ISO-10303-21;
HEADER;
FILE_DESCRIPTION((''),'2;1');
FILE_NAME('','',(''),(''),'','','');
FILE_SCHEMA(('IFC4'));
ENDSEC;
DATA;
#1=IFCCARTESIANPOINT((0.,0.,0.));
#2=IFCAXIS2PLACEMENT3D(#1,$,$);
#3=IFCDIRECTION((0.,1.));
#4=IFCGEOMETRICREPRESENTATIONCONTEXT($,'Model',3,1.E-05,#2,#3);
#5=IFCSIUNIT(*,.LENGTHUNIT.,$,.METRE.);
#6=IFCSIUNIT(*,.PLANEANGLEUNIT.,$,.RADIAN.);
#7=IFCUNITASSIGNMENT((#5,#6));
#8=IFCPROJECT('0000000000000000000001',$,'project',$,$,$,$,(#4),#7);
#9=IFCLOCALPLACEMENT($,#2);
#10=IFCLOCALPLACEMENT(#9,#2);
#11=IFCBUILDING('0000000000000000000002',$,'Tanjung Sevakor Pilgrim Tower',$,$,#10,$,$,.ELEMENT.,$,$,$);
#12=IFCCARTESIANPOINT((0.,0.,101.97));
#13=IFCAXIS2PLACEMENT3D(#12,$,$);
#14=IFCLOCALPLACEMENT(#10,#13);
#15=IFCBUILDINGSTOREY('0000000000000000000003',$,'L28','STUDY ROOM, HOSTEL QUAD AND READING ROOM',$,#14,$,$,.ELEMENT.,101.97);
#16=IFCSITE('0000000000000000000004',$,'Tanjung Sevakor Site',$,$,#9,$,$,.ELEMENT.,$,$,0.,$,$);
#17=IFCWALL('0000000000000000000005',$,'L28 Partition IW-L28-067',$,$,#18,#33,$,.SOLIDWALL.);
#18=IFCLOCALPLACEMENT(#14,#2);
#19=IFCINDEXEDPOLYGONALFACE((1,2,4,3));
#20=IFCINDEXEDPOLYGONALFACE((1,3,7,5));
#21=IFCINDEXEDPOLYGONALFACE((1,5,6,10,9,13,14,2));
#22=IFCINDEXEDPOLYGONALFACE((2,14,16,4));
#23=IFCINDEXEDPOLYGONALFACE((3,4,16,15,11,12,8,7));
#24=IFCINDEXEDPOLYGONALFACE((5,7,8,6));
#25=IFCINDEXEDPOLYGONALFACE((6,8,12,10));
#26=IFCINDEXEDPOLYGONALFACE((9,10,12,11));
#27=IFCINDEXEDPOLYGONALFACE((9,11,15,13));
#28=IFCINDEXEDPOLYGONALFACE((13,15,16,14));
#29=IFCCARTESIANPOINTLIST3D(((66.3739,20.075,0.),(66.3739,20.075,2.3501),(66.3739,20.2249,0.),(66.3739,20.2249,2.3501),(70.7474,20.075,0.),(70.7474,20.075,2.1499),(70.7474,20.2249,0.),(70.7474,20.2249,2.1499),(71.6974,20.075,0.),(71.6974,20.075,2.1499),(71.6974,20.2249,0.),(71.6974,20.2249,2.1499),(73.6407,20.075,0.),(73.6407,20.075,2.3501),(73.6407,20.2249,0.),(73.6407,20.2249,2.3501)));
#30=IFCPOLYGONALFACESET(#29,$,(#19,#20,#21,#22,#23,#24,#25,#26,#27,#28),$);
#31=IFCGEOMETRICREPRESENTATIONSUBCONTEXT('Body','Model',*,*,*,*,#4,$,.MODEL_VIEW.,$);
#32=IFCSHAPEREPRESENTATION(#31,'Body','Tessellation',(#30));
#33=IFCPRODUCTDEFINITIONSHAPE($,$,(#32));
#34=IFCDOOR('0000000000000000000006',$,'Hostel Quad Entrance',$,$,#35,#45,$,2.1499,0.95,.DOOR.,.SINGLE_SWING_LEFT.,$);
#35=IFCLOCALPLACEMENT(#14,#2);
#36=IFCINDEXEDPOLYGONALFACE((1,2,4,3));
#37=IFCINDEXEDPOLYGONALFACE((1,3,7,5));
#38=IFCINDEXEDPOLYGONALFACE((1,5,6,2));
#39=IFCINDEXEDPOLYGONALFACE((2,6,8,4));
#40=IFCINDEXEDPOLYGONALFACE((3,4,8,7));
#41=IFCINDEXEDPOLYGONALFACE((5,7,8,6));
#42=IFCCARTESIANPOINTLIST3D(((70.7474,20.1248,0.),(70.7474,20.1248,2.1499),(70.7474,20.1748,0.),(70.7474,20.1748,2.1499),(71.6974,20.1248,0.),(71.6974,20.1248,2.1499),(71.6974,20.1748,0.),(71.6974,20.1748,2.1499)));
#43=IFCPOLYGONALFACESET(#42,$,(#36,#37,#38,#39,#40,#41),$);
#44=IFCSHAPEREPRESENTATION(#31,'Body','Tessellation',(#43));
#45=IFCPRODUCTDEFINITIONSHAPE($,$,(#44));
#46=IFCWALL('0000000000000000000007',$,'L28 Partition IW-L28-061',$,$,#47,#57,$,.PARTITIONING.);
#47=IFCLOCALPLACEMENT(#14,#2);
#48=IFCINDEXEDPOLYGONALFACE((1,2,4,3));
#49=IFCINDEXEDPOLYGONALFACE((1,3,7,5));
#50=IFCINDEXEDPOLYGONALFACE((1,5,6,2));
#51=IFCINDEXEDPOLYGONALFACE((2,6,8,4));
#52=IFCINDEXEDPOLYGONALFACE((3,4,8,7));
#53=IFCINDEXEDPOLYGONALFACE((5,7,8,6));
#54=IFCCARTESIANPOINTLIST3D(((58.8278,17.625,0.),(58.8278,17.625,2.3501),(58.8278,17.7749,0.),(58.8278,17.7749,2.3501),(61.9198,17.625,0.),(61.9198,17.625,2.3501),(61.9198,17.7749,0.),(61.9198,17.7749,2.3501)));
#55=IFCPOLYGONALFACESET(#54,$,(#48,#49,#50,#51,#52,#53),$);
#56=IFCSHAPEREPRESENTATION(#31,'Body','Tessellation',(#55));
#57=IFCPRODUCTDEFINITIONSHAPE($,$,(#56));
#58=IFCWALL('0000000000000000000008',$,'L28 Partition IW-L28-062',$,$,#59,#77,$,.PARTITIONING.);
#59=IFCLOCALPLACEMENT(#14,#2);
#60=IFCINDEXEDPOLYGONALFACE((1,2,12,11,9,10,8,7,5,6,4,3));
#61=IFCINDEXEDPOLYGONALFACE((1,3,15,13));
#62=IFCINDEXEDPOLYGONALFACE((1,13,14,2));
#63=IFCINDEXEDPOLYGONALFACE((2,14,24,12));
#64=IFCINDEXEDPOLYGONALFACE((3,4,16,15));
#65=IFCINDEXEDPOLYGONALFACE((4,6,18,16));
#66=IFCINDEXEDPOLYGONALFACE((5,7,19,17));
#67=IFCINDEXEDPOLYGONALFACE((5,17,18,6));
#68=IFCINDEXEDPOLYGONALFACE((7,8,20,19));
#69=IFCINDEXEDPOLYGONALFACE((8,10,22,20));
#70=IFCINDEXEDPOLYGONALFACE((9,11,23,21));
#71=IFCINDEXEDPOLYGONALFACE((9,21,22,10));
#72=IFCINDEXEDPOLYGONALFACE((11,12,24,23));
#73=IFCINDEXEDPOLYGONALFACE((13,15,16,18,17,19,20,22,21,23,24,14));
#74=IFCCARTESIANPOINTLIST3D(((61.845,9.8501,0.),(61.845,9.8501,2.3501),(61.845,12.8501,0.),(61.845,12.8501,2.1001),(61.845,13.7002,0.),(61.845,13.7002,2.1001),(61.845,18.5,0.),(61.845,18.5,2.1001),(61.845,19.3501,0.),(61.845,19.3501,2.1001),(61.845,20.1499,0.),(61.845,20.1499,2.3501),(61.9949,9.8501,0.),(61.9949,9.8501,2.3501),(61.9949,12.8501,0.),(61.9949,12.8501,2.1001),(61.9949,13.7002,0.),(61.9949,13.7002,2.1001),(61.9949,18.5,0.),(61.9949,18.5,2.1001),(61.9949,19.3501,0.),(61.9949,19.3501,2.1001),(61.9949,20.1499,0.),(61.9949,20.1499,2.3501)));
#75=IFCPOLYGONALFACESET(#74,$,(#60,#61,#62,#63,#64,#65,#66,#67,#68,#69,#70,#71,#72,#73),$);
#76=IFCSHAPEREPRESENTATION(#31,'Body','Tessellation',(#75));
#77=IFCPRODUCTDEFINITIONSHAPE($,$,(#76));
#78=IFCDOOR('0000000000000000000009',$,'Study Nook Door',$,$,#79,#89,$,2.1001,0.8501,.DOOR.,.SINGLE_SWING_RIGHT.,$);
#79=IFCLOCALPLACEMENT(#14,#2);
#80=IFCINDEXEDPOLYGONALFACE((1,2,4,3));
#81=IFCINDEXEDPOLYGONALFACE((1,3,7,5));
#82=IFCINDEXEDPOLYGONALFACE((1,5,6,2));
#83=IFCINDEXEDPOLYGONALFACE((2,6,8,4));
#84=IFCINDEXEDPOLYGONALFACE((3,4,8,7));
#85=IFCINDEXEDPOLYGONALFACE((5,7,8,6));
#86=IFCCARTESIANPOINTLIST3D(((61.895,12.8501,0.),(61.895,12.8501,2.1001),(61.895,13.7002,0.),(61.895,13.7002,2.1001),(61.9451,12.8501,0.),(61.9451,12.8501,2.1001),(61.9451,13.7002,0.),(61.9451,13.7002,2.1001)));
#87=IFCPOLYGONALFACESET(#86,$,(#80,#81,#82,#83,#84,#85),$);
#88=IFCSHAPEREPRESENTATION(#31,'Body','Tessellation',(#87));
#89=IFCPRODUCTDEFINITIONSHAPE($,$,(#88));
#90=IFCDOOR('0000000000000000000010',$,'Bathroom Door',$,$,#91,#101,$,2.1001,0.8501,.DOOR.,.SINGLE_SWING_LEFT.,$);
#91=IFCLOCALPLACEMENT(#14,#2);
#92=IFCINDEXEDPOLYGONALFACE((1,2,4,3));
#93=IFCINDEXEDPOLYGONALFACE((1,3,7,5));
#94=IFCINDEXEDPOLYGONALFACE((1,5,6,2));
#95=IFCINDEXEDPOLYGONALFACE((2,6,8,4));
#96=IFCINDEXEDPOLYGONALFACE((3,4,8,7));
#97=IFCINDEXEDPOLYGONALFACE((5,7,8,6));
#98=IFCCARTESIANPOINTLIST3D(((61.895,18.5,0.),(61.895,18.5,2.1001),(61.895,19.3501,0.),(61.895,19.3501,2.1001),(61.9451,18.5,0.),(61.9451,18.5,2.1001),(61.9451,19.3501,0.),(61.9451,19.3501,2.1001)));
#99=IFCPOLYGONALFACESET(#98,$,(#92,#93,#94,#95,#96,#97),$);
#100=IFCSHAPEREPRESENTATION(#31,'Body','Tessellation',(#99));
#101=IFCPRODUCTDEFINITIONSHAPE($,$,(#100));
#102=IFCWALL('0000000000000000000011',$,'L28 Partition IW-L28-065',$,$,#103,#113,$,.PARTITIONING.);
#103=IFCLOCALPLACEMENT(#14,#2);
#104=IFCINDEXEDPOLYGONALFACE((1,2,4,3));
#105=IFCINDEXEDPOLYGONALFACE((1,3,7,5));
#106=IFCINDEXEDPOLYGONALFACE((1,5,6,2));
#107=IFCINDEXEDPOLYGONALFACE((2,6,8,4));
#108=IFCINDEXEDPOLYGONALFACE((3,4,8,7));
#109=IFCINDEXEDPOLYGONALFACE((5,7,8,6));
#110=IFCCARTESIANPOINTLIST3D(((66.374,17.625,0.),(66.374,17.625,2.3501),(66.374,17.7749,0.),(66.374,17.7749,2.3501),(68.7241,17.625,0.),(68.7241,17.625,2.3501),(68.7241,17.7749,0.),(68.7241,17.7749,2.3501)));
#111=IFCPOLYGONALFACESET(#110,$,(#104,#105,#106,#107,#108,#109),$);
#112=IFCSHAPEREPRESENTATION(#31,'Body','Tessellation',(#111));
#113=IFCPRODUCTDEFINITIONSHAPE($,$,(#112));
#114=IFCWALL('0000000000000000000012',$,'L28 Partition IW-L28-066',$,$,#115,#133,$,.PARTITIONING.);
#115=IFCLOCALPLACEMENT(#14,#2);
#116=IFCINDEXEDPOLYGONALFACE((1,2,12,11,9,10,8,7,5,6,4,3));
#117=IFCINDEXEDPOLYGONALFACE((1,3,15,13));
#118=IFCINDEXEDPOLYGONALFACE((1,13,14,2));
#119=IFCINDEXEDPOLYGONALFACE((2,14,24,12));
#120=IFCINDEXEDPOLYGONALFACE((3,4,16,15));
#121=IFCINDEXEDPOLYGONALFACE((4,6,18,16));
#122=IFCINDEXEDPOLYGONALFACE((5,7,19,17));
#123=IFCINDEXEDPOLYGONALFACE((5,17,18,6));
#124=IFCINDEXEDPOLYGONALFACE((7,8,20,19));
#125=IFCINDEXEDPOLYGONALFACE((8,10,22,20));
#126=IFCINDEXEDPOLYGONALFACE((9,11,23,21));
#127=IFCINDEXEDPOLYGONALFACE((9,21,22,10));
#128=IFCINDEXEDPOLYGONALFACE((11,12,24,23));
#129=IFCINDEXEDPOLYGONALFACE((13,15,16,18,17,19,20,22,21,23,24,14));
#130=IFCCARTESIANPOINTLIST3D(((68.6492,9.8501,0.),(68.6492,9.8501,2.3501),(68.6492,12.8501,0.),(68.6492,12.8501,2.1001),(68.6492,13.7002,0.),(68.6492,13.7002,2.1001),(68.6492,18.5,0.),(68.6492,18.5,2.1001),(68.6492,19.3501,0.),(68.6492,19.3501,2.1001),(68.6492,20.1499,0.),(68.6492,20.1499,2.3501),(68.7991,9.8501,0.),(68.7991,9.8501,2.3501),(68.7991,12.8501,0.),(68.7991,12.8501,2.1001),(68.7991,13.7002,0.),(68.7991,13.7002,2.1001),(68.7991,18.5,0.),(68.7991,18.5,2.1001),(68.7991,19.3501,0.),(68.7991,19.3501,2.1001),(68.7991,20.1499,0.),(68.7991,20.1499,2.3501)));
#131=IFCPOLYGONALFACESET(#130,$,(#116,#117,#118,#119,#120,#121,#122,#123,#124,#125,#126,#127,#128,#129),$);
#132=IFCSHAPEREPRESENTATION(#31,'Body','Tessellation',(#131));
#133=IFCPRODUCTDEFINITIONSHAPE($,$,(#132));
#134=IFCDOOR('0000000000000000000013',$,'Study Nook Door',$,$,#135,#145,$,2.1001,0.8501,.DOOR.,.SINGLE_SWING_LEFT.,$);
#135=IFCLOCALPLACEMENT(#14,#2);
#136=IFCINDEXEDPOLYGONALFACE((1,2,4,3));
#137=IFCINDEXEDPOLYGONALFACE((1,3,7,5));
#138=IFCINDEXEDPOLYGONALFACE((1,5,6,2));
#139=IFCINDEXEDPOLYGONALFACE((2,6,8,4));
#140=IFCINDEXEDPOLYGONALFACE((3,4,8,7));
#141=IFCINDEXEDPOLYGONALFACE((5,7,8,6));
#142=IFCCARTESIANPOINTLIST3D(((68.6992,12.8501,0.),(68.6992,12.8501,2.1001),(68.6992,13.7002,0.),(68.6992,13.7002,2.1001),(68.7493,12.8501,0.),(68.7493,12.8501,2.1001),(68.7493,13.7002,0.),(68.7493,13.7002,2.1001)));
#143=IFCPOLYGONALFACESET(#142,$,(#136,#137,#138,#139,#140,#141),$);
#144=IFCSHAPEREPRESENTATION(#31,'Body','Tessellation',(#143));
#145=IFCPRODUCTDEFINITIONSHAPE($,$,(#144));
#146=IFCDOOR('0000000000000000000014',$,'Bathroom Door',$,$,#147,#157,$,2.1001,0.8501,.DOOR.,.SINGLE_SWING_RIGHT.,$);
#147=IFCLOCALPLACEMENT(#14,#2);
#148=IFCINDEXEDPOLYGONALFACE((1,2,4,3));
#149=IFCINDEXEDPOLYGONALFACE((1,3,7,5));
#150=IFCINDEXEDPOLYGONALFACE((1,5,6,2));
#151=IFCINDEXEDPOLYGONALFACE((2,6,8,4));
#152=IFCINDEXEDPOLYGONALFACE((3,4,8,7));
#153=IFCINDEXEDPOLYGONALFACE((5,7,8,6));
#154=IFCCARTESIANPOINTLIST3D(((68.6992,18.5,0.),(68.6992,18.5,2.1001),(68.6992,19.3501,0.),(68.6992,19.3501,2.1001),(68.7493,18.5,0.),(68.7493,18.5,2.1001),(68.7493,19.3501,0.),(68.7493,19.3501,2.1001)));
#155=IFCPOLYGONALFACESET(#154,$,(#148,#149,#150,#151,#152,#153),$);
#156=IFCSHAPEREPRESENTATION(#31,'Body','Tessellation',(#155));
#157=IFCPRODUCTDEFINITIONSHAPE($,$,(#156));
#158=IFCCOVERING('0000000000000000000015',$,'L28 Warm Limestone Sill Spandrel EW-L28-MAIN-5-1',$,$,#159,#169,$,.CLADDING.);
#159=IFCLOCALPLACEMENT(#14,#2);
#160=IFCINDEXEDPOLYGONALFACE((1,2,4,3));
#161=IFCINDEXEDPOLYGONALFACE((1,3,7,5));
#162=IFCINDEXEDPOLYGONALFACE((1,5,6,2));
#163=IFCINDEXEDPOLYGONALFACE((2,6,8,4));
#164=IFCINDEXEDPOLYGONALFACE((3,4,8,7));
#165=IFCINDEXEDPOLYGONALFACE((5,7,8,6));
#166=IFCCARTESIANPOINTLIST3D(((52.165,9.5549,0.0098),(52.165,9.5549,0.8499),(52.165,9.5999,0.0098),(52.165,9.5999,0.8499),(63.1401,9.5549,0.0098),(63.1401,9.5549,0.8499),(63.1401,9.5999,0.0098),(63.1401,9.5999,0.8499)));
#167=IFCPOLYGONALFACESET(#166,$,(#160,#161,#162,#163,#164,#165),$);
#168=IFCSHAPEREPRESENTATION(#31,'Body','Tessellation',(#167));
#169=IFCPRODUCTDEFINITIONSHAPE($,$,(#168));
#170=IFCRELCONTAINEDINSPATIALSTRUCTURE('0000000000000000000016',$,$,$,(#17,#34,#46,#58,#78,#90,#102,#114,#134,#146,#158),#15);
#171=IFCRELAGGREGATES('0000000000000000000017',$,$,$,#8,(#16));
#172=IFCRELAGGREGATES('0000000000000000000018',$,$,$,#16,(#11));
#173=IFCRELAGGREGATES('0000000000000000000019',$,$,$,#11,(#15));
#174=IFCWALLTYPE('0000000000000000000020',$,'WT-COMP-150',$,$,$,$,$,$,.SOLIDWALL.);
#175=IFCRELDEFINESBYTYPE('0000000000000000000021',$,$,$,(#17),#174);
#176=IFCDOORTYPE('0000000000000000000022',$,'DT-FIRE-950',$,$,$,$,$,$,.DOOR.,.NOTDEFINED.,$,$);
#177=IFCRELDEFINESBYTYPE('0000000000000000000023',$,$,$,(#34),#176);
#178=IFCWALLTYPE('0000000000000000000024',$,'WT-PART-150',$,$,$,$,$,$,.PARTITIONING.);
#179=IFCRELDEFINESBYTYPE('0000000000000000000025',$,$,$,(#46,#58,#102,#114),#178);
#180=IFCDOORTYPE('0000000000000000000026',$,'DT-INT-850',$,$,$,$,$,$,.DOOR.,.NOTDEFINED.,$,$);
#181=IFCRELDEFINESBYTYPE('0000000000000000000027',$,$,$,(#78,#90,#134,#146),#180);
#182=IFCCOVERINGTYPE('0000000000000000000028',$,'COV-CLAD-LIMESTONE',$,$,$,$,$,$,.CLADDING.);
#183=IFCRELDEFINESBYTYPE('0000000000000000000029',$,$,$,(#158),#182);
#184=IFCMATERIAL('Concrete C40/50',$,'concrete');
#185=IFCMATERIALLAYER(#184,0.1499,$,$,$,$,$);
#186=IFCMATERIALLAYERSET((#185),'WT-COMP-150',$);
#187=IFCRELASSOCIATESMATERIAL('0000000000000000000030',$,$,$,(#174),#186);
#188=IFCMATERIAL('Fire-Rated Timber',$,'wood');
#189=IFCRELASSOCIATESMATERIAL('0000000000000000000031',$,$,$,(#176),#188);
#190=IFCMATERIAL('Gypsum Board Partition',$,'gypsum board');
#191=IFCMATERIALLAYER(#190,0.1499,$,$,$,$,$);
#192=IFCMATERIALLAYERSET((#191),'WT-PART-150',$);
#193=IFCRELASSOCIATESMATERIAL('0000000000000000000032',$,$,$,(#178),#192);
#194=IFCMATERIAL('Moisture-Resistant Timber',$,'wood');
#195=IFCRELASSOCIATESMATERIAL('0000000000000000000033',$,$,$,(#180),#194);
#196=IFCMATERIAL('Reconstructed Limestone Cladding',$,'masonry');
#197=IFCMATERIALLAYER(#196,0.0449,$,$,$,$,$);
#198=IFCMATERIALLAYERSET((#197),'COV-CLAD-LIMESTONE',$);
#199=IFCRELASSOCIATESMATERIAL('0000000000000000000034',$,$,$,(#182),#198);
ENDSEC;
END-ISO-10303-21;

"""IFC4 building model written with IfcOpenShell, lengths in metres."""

from ifc_helpers import new_model, si_unit, direction, frame, frame_2d, origin, origin_2d, place, context, subcontext, project, spatial, rectangle, extrude, material, layer, layer_set, type_object, element, fill, save


model = new_model("IFC4")

# Units and contexts
model_context = context("Model", 3, precision=1e-05, world=origin(), true_north=direction((0.0, 1.0)))
body_context = subcontext(model_context, "Body", "Model", "MODEL_VIEW")
ifc_project = project(units=[si_unit("LENGTHUNIT", "METRE"), si_unit("PLANEANGLEUNIT", "RADIAN")], contexts=[model_context])

# Site, building, storey
site_placement = place(None, origin())
site = spatial("IfcSite", under=ifc_project, at=site_placement, Name="Tanjung Sevakor Site", CompositionType="ELEMENT", RefElevation=0.0)
building_placement = place(site_placement, origin())
building = spatial("IfcBuilding", under=site, at=building_placement, Name="Tanjung Sevakor Pilgrim Tower", CompositionType="ELEMENT")
storey_placement = place(building_placement, frame((0.0, 0.0, 101.97)))
storey = spatial("IfcBuildingStorey", under=building, at=storey_placement, Name="L28", Description="STUDY ROOM, HOSTEL QUAD AND READING ROOM", CompositionType="ELEMENT", Elevation=101.97)

# Shared definitions
ifc_material_1 = material(Name="Concrete C40/50", Category="concrete")
ifc_layer_1 = layer(ifc_material_1, 0.1499)
ifc_layer_set_1 = layer_set([ifc_layer_1], Name="WT-COMP-150")
wall_type_1 = type_object("IfcWallType", Name="WT-COMP-150", PredefinedType="SOLIDWALL", material=ifc_layer_set_1)

# Wall, opening, door
ifc_material_2 = material(Name="Fire-Rated Timber", Category="wood")
door_type_1 = type_object("IfcDoorType", Name="DT-FIRE-950", OperationType="NOTDEFINED", PredefinedType="DOOR", material=ifc_material_2)
wall_1_placement = place(storey_placement, frame((66.374, 20.1499, 0.0), z_axis=(0.0, 0.0, 1.0), x_axis=(1.0, 0.0, 0.0)))
wall_1 = element("IfcWall", 1, at=wall_1_placement, inside=storey, type_object=wall_type_1, Name="L28 Partition IW-L28-067", PredefinedType="SOLIDWALL", context=body_context, shape_type="SweptSolid", body=[
    extrude(rectangle(XDim=7.2668, YDim=0.1499, at=frame_2d((3.6333, 0.0))), origin(), (0.0, 0.0, 1.0), 2.3501),
])
opening_1_placement = place(wall_1_placement, frame((4.3733, 0.0, 0.0)))
opening_1 = element("IfcOpeningElement", 2, at=opening_1_placement, cuts=wall_1, PredefinedType="OPENING", context=body_context, shape_type="SweptSolid", body=[
    extrude(rectangle(XDim=0.95, YDim=2.1499, at=frame_2d((0.4751, 1.075))), frame((0.0, 0.085, 0.0), z_axis=(0.0, -1.0, 0.0), x_axis=(1.0, 0.0, 0.0)), (0.0, 0.0, 1.0), 0.1699),
])
door_1_placement = place(opening_1_placement, origin())
door_1 = element("IfcDoor", 3, at=door_1_placement, inside=storey, type_object=door_type_1, Name="Hostel Quad Entrance", OperationType="SINGLE_SWING_LEFT", OverallHeight=2.1499, OverallWidth=0.95, PredefinedType="DOOR", context=body_context, shape_type="SweptSolid", body=[
    extrude(rectangle(XDim=0.95, YDim=2.1499, at=frame_2d((0.4751, 1.075))), frame((0.0, 0.0249, 0.0), z_axis=(0.0, -1.0, 0.0), x_axis=(1.0, 0.0, 0.0)), (0.0, 0.0, 1.0), 0.05),
])
fill(opening_1, door_1)

# Wall
ifc_material_3 = material(Name="Gypsum Board Partition", Category="gypsum board")
ifc_layer_2 = layer(ifc_material_3, 0.1499)
ifc_layer_set_2 = layer_set([ifc_layer_2], Name="WT-PART-150")
wall_type_2 = type_object("IfcWallType", Name="WT-PART-150", PredefinedType="PARTITIONING", material=ifc_layer_set_2)
wall_2_placement = place(storey_placement, frame((58.8279, 17.7, 0.0), z_axis=(0.0, 0.0, 1.0), x_axis=(1.0, 0.0, 0.0)))
element("IfcWall", 4, at=wall_2_placement, inside=storey, type_object=wall_type_2, Name="L28 Partition IW-L28-061", PredefinedType="PARTITIONING", context=body_context, shape_type="SweptSolid", body=[
    extrude(rectangle(XDim=3.092, YDim=0.1499, at=frame_2d((1.5459, 0.0))), origin(), (0.0, 0.0, 1.0), 2.3501),
])

# Wall, openings, doors
wall_3_placement = place(storey_placement, frame((61.9199, 9.8501, 0.0), z_axis=(0.0, 0.0, 1.0), x_axis=(0.0, 1.0, 0.0)))
wall_3 = element("IfcWall", 5, at=wall_3_placement, inside=storey, type_object=wall_type_2, Name="L28 Partition IW-L28-062", PredefinedType="PARTITIONING", context=body_context, shape_type="SweptSolid", body=[
    extrude(rectangle(XDim=10.2998, YDim=0.1499, at=frame_2d((5.1499, 0.0))), origin(), (0.0, 0.0, 1.0), 2.3501),
])
opening_2_placement = place(wall_3_placement, frame((3.0, 0.0, 0.0)))
opening_2 = element("IfcOpeningElement", 6, at=opening_2_placement, cuts=wall_3, PredefinedType="OPENING", context=body_context, shape_type="SweptSolid", body=[
    extrude(rectangle(XDim=0.8501, YDim=2.1001, at=frame_2d((0.425, 1.05))), frame((0.0, 0.085, 0.0), z_axis=(0.0, -1.0, 0.0), x_axis=(1.0, 0.0, 0.0)), (0.0, 0.0, 1.0), 0.1699),
])
opening_3_placement = place(wall_3_placement, frame((8.6499, 0.0, 0.0)))
opening_3 = element("IfcOpeningElement", 7, at=opening_3_placement, cuts=wall_3, PredefinedType="OPENING", context=body_context, shape_type="SweptSolid", body=[
    extrude(rectangle(XDim=0.8501, YDim=2.1001, at=frame_2d((0.425, 1.05))), frame((0.0, 0.085, 0.0), z_axis=(0.0, -1.0, 0.0), x_axis=(1.0, 0.0, 0.0)), (0.0, 0.0, 1.0), 0.1699),
])
ifc_material_4 = material(Name="Moisture-Resistant Timber", Category="wood")
door_type_2 = type_object("IfcDoorType", Name="DT-INT-850", OperationType="NOTDEFINED", PredefinedType="DOOR", material=ifc_material_4)
door_2_placement = place(opening_2_placement, origin())
door_2 = element("IfcDoor", 8, at=door_2_placement, inside=storey, type_object=door_type_2, Name="Study Nook Door", OperationType="SINGLE_SWING_RIGHT", OverallHeight=2.1001, OverallWidth=0.8501, PredefinedType="DOOR", context=body_context, shape_type="SweptSolid", body=[
    extrude(rectangle(XDim=0.8501, YDim=2.1001, at=frame_2d((0.425, 1.05))), frame((0.0, 0.0249, 0.0), z_axis=(0.0, -1.0, 0.0), x_axis=(1.0, 0.0, 0.0)), (0.0, 0.0, 1.0), 0.05),
])
fill(opening_2, door_2)
door_3_placement = place(opening_3_placement, origin())
door_3 = element("IfcDoor", 9, at=door_3_placement, inside=storey, type_object=door_type_2, Name="Bathroom Door", OperationType="SINGLE_SWING_LEFT", OverallHeight=2.1001, OverallWidth=0.8501, PredefinedType="DOOR", context=body_context, shape_type="SweptSolid", body=[
    extrude(rectangle(XDim=0.8501, YDim=2.1001, at=frame_2d((0.425, 1.05))), frame((0.0, 0.0249, 0.0), z_axis=(0.0, -1.0, 0.0), x_axis=(1.0, 0.0, 0.0)), (0.0, 0.0, 1.0), 0.05),
])
fill(opening_3, door_3)

# Wall
wall_4_placement = place(storey_placement, frame((66.374, 17.7, 0.0), z_axis=(0.0, 0.0, 1.0), x_axis=(1.0, 0.0, 0.0)))
element("IfcWall", 10, at=wall_4_placement, inside=storey, type_object=wall_type_2, Name="L28 Partition IW-L28-065", PredefinedType="PARTITIONING", context=body_context, shape_type="SweptSolid", body=[
    extrude(rectangle(XDim=2.3501, YDim=0.1499, at=frame_2d((1.175, 0.0))), origin(), (0.0, 0.0, 1.0), 2.3501),
])

# Wall, openings, doors
wall_5_placement = place(storey_placement, frame((68.7241, 9.8501, 0.0), z_axis=(0.0, 0.0, 1.0), x_axis=(0.0, 1.0, 0.0)))
wall_5 = element("IfcWall", 11, at=wall_5_placement, inside=storey, type_object=wall_type_2, Name="L28 Partition IW-L28-066", PredefinedType="PARTITIONING", context=body_context, shape_type="SweptSolid", body=[
    extrude(rectangle(XDim=10.2998, YDim=0.1499, at=frame_2d((5.1499, 0.0))), origin(), (0.0, 0.0, 1.0), 2.3501),
])
opening_4_placement = place(wall_5_placement, frame((3.0, 0.0, 0.0)))
opening_4 = element("IfcOpeningElement", 12, at=opening_4_placement, cuts=wall_5, PredefinedType="OPENING", context=body_context, shape_type="SweptSolid", body=[
    extrude(rectangle(XDim=0.8501, YDim=2.1001, at=frame_2d((0.425, 1.05))), frame((0.0, 0.085, 0.0), z_axis=(0.0, -1.0, 0.0), x_axis=(1.0, 0.0, 0.0)), (0.0, 0.0, 1.0), 0.1699),
])
opening_5_placement = place(wall_5_placement, frame((8.6499, 0.0, 0.0)))
opening_5 = element("IfcOpeningElement", 13, at=opening_5_placement, cuts=wall_5, PredefinedType="OPENING", context=body_context, shape_type="SweptSolid", body=[
    extrude(rectangle(XDim=0.8501, YDim=2.1001, at=frame_2d((0.425, 1.05))), frame((0.0, 0.085, 0.0), z_axis=(0.0, -1.0, 0.0), x_axis=(1.0, 0.0, 0.0)), (0.0, 0.0, 1.0), 0.1699),
])
door_4_placement = place(opening_4_placement, origin())
door_4 = element("IfcDoor", 14, at=door_4_placement, inside=storey, type_object=door_type_2, Name="Study Nook Door", OperationType="SINGLE_SWING_LEFT", OverallHeight=2.1001, OverallWidth=0.8501, PredefinedType="DOOR", context=body_context, shape_type="SweptSolid", body=[
    extrude(rectangle(XDim=0.8501, YDim=2.1001, at=frame_2d((0.425, 1.05))), frame((0.0, 0.0249, 0.0), z_axis=(0.0, -1.0, 0.0), x_axis=(1.0, 0.0, 0.0)), (0.0, 0.0, 1.0), 0.05),
])
fill(opening_4, door_4)
door_5_placement = place(opening_5_placement, origin())
door_5 = element("IfcDoor", 15, at=door_5_placement, inside=storey, type_object=door_type_2, Name="Bathroom Door", OperationType="SINGLE_SWING_RIGHT", OverallHeight=2.1001, OverallWidth=0.8501, PredefinedType="DOOR", context=body_context, shape_type="SweptSolid", body=[
    extrude(rectangle(XDim=0.8501, YDim=2.1001, at=frame_2d((0.425, 1.05))), frame((0.0, 0.0249, 0.0), z_axis=(0.0, -1.0, 0.0), x_axis=(1.0, 0.0, 0.0)), (0.0, 0.0, 1.0), 0.05),
])
fill(opening_5, door_5)

# Covering
ifc_material_5 = material(Name="Reconstructed Limestone Cladding", Category="masonry")
ifc_layer_3 = layer(ifc_material_5, 0.0449)
ifc_layer_set_3 = layer_set([ifc_layer_3], Name="COV-CLAD-LIMESTONE")
covering_type = type_object("IfcCoveringType", Name="COV-CLAD-LIMESTONE", PredefinedType="CLADDING", material=ifc_layer_set_3)
covering_placement = place(storey_placement, frame((57.6526, 9.5774, 0.0098), z_axis=(0.0, 0.0, 1.0), x_axis=(1.0, 0.0, 0.0)))
element("IfcCovering", 16, at=covering_placement, inside=storey, type_object=covering_type, Name="L28 Warm Limestone Sill Spandrel EW-L28-MAIN-5-1", PredefinedType="CLADDING", context=body_context, shape_type="SweptSolid", body=[
    extrude(rectangle(XDim=10.9751, YDim=0.0449, at=origin_2d()), origin(), (0.0, 0.0, 1.0), 0.8401),
])

save(model, "model.ifc")
